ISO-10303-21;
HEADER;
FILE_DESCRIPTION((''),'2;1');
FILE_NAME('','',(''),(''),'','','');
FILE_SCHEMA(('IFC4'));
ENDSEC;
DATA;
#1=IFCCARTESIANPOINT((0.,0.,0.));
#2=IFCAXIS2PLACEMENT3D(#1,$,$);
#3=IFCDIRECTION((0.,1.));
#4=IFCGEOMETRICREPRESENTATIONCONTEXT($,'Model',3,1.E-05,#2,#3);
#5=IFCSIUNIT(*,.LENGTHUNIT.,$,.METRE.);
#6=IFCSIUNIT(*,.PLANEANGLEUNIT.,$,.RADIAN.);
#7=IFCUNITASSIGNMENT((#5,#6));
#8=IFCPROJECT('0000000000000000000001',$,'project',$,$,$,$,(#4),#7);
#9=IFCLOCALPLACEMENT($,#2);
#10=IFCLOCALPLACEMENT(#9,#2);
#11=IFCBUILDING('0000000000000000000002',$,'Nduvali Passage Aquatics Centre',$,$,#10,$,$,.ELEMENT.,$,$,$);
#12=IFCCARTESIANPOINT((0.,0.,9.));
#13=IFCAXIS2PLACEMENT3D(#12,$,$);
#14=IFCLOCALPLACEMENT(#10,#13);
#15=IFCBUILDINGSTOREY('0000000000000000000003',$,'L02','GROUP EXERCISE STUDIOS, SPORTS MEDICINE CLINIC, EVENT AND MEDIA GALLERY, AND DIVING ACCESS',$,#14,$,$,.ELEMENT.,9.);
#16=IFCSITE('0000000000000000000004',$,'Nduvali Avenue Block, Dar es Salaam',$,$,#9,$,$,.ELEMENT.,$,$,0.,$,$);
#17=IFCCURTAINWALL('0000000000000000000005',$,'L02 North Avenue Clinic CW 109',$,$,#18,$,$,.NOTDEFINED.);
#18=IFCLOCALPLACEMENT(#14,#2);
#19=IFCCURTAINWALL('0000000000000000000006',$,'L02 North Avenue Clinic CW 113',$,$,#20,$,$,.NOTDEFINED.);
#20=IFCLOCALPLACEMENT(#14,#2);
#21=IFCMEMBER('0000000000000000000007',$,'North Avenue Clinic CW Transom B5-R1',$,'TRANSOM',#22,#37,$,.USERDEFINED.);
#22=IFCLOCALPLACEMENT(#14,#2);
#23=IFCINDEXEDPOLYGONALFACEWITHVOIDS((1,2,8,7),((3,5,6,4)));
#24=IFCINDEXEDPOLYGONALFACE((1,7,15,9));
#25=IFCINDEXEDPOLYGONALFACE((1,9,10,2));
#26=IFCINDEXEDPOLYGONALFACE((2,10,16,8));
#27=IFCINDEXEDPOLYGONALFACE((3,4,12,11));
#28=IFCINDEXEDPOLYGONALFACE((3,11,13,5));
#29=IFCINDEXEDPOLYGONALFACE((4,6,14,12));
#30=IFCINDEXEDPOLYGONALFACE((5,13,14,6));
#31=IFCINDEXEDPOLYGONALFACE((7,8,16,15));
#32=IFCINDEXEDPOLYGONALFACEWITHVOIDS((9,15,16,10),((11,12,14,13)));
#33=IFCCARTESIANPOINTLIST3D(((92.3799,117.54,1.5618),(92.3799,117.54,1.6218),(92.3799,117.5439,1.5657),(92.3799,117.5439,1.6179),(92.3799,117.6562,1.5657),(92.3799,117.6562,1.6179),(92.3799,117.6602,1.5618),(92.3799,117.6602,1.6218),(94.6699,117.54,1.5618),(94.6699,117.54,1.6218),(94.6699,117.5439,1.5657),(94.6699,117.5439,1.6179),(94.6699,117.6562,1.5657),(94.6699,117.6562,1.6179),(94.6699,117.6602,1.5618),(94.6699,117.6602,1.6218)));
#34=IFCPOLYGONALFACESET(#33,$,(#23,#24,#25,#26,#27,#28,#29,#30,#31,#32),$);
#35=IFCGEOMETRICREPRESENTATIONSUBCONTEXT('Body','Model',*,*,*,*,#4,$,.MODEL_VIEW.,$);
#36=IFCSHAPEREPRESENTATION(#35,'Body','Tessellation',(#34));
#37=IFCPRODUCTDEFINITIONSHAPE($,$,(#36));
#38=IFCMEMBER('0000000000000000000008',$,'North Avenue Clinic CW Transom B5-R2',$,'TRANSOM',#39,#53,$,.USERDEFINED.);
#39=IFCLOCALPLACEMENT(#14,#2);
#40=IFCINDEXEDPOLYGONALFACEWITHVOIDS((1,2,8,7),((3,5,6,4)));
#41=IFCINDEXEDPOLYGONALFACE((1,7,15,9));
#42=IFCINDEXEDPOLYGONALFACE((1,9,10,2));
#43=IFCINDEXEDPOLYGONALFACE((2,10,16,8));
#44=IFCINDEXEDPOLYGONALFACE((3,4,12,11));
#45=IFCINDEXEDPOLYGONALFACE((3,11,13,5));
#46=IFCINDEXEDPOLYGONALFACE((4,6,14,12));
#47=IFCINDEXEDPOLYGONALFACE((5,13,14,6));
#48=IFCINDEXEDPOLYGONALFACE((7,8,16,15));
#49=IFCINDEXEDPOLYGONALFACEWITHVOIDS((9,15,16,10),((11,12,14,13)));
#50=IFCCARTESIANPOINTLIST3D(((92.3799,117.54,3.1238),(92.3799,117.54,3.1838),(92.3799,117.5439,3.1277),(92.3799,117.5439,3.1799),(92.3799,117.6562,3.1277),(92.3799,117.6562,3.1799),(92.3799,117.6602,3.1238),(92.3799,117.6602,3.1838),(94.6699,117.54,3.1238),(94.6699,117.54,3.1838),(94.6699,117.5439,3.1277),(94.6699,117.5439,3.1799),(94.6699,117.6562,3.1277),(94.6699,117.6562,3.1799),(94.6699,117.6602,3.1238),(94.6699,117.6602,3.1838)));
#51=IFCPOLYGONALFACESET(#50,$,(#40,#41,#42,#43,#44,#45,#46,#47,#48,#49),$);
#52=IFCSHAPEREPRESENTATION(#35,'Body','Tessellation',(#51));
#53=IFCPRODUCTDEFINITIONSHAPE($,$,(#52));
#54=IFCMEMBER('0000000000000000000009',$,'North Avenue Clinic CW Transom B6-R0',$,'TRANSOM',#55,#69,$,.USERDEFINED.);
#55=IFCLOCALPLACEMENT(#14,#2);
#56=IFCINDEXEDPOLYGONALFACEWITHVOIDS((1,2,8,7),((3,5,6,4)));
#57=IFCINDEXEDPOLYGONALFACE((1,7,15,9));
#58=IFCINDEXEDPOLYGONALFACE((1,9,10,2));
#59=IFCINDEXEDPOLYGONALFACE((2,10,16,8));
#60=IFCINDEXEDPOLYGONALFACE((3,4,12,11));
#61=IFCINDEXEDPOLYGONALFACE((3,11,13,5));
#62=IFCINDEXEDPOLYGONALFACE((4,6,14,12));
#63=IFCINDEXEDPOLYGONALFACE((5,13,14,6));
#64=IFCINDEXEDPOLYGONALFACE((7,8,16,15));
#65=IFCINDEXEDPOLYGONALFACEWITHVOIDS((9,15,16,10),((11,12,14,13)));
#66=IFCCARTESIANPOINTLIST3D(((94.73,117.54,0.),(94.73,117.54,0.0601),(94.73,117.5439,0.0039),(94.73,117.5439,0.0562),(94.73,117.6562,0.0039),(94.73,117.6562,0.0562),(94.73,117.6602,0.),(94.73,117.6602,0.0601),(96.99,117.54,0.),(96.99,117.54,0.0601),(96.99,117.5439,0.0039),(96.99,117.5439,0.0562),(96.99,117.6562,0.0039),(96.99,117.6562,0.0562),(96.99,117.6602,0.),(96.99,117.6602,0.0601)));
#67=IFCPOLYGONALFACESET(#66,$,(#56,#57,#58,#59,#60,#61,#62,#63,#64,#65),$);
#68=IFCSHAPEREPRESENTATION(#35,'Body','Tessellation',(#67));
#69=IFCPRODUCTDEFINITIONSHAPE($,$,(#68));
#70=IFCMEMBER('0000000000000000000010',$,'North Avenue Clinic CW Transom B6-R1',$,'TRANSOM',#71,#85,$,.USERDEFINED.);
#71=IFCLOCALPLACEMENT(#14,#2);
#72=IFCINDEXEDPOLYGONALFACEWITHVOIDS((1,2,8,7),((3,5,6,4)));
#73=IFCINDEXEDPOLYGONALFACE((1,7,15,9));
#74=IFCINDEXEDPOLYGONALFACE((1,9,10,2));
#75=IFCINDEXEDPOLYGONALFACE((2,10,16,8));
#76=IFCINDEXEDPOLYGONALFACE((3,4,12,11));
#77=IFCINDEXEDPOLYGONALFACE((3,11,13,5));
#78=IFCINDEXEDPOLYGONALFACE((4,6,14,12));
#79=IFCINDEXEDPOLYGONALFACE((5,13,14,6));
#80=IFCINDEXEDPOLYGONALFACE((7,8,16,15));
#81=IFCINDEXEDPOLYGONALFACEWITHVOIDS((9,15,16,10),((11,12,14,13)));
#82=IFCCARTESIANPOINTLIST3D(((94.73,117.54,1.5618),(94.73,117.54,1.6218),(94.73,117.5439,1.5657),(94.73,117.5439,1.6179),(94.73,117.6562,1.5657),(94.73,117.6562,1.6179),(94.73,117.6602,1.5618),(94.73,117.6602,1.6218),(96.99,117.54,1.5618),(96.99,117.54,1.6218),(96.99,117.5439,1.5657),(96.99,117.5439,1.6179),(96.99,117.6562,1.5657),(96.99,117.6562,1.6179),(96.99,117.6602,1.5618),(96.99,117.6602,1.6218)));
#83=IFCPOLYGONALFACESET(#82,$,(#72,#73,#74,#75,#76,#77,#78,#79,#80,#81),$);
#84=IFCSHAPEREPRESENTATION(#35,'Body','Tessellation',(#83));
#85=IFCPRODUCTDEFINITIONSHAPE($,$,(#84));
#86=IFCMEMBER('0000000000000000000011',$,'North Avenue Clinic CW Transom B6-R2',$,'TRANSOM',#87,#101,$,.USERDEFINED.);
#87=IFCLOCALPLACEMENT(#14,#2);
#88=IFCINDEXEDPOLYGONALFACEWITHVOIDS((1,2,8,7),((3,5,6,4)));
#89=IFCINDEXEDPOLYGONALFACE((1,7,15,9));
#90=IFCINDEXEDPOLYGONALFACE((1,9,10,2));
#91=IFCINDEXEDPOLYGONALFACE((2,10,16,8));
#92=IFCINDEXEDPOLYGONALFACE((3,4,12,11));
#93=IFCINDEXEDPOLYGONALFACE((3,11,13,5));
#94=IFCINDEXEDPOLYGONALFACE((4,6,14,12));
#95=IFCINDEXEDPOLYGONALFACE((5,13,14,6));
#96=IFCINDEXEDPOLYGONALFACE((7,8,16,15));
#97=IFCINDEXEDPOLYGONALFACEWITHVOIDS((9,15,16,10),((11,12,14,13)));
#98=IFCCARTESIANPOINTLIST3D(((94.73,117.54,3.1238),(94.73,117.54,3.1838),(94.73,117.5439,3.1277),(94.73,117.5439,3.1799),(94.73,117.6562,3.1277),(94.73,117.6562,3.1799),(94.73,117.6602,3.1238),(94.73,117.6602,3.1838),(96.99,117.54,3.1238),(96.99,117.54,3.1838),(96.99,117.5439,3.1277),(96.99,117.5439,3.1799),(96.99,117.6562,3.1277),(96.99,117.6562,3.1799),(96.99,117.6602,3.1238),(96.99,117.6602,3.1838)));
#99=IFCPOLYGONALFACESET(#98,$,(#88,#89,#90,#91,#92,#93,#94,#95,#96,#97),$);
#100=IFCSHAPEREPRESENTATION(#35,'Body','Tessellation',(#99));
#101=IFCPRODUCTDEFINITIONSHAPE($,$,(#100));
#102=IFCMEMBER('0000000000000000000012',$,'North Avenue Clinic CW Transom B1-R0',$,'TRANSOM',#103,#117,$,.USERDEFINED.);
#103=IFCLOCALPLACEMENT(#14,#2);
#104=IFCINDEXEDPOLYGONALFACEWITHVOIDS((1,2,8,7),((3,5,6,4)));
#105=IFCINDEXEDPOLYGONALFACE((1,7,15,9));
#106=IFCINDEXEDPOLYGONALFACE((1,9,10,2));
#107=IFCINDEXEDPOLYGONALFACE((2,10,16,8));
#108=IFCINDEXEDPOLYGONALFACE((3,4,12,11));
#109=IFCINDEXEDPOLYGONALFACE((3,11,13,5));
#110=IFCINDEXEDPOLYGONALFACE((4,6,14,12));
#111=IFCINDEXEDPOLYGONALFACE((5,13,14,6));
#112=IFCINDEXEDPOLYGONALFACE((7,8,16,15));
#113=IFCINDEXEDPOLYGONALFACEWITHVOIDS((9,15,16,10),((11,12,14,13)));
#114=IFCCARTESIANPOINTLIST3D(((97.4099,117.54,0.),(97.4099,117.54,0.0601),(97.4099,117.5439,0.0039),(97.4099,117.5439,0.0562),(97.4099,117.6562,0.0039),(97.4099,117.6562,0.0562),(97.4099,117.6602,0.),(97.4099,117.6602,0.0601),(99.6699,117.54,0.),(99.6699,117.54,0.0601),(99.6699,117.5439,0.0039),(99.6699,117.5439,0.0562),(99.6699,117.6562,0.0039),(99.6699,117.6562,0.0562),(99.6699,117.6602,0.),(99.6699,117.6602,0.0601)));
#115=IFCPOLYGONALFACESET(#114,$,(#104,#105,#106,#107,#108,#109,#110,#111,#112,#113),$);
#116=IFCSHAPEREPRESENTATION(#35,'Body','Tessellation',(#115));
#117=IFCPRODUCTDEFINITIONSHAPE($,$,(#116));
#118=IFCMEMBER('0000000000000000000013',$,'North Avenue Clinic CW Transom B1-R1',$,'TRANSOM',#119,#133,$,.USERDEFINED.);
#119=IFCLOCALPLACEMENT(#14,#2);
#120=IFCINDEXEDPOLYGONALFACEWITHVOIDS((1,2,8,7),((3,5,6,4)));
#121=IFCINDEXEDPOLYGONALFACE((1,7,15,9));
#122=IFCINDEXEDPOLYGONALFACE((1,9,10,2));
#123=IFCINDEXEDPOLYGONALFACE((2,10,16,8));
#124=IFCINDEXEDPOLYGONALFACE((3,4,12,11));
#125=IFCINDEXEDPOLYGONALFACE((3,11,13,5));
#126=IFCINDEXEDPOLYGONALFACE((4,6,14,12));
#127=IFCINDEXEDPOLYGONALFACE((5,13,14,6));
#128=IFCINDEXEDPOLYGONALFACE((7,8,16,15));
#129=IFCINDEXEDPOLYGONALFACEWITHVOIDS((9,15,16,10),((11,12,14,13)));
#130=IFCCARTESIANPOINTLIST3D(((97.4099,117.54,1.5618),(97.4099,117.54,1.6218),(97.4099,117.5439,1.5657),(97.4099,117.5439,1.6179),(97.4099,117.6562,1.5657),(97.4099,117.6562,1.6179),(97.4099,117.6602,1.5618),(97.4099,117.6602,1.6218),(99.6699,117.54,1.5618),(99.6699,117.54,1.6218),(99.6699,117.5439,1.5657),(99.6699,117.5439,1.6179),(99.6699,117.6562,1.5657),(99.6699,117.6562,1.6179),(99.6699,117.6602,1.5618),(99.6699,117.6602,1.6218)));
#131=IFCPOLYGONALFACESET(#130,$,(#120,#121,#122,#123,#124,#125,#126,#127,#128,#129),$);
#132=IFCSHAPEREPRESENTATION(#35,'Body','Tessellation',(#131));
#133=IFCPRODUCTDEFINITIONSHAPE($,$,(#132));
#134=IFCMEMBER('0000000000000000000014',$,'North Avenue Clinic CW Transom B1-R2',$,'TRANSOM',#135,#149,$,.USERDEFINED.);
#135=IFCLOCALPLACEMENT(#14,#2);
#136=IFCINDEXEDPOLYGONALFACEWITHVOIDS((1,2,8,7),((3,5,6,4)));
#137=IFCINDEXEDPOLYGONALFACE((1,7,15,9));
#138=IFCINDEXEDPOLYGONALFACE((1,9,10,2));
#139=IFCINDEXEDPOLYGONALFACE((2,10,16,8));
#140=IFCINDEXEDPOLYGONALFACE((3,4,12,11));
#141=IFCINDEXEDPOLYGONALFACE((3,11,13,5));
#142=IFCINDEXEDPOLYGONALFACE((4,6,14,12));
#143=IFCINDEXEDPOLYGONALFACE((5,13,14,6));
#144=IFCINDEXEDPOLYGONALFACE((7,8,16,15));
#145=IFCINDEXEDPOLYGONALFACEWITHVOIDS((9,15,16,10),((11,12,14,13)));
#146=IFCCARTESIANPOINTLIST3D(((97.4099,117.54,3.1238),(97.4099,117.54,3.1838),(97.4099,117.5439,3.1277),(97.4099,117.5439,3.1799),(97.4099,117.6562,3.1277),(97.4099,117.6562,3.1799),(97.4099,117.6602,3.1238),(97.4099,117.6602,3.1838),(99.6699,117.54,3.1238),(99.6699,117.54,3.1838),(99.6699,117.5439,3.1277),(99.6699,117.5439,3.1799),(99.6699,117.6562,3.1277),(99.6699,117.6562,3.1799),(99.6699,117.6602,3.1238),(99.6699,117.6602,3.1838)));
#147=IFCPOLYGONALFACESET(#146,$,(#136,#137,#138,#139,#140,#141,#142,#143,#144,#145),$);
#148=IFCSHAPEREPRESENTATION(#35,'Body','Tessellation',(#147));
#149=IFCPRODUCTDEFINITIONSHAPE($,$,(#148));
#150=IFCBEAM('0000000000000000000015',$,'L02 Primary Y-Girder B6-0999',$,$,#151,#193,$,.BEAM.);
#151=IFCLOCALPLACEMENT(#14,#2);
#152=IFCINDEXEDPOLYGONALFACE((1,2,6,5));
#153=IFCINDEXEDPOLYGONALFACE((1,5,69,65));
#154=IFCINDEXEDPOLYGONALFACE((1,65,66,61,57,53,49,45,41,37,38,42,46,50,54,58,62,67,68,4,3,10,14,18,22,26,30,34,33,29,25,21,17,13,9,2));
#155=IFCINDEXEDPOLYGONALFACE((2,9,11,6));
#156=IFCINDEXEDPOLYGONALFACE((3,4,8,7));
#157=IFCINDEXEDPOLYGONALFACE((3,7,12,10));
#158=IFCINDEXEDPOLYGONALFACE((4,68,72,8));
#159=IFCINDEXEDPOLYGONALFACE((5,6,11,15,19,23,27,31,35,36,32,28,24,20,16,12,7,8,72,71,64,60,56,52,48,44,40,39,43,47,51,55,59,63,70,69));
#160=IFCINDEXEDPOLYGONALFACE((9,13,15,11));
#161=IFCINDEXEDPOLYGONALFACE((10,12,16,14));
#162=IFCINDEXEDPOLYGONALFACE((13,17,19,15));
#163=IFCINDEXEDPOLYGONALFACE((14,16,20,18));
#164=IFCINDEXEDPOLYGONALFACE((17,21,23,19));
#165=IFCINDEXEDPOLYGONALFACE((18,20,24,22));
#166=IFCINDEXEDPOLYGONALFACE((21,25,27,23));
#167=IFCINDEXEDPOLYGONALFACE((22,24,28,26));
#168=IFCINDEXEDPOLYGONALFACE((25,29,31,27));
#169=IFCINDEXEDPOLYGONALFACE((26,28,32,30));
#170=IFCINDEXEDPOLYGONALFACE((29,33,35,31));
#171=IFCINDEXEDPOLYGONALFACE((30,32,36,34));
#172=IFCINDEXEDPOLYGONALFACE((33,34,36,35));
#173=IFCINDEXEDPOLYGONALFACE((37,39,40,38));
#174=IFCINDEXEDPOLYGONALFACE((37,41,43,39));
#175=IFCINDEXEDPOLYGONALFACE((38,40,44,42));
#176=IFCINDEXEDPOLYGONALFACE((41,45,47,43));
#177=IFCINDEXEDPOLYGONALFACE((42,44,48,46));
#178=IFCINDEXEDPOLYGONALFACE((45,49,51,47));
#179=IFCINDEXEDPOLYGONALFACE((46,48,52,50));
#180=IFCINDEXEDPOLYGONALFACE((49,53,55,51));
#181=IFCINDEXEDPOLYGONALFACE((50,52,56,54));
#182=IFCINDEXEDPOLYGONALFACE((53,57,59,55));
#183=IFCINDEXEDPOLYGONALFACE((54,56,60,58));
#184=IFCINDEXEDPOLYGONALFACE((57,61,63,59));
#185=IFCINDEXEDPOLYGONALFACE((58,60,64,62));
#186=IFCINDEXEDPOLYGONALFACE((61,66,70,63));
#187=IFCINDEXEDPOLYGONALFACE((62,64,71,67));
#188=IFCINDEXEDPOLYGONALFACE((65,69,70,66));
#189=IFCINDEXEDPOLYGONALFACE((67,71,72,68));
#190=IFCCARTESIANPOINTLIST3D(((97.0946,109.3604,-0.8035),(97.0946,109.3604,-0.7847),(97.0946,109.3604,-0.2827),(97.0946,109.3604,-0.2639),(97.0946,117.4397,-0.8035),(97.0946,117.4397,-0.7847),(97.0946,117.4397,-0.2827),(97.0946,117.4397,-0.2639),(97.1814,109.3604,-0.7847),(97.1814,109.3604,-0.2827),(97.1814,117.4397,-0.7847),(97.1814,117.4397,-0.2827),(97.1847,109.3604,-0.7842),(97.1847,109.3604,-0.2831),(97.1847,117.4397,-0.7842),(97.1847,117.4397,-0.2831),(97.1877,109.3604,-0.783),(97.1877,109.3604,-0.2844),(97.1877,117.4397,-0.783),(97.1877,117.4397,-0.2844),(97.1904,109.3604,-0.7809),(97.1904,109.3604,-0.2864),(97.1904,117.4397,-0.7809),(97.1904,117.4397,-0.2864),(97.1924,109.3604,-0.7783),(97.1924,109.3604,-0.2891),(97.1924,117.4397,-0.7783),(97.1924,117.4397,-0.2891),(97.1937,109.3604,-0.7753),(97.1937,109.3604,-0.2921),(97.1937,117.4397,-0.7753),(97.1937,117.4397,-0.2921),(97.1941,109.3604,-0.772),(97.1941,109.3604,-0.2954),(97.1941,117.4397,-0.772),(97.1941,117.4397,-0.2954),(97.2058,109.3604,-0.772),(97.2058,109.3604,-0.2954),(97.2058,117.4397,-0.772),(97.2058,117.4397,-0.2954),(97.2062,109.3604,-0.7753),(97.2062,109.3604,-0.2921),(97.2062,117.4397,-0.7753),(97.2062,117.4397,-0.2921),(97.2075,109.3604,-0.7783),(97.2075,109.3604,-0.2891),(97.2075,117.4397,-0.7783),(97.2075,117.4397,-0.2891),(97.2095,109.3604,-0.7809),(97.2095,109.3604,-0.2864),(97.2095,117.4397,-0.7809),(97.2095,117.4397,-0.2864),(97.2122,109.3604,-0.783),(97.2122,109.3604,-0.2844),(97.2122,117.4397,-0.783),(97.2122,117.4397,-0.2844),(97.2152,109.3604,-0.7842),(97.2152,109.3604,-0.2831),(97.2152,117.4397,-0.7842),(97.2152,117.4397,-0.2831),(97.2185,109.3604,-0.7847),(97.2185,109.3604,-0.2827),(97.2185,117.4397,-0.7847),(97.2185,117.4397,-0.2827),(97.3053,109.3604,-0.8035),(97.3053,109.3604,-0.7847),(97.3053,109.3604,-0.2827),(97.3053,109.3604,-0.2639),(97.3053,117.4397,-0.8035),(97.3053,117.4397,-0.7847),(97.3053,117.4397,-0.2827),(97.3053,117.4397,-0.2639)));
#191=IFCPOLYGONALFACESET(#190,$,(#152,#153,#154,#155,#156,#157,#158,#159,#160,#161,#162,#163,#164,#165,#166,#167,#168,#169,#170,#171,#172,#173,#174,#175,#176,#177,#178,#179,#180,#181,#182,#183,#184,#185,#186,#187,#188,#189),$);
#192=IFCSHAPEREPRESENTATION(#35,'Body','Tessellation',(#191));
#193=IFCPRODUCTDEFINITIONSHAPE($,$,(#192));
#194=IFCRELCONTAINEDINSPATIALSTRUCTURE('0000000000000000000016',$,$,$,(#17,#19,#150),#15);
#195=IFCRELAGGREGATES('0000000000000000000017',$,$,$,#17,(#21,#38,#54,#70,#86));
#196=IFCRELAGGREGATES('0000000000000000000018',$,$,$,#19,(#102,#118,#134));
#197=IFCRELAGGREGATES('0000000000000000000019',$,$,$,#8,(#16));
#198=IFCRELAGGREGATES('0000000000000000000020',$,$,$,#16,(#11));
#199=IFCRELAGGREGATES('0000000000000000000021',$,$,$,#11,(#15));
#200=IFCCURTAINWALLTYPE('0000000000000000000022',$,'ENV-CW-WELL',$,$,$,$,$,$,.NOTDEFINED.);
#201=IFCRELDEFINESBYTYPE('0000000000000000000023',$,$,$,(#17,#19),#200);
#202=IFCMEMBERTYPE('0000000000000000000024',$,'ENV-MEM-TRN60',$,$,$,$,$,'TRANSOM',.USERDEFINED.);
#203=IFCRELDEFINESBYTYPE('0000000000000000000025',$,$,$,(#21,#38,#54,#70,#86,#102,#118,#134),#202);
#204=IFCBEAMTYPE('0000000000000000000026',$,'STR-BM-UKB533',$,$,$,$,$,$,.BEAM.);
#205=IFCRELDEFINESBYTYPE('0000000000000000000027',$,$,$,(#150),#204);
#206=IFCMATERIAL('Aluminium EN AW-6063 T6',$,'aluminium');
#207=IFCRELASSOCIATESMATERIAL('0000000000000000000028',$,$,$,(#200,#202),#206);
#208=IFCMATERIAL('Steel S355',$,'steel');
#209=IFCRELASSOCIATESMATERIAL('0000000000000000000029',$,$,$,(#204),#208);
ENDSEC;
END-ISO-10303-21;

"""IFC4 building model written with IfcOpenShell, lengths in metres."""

from ifc_helpers import new_model, si_unit, direction, frame, origin, origin_2d, place, context, subcontext, project, spatial, hollow_rectangle, i_section, extrude, material, material_profile, profile_set, type_object, element, aggregate, save


model = new_model("IFC4")

# Units and contexts
model_context = context("Model", 3, precision=1e-05, world=origin(), true_north=direction((0.0, 1.0)))
body_context = subcontext(model_context, "Body", "Model", "MODEL_VIEW")
ifc_project = project(units=[si_unit("LENGTHUNIT", "METRE"), si_unit("PLANEANGLEUNIT", "RADIAN")], contexts=[model_context])

# Site, building, storey
site_placement = place(None, origin())
site = spatial("IfcSite", under=ifc_project, at=site_placement, Name="Nduvali Avenue Block, Dar es Salaam", CompositionType="ELEMENT", RefElevation=0.0)
building_placement = place(site_placement, origin())
building = spatial("IfcBuilding", under=site, at=building_placement, Name="Nduvali Passage Aquatics Centre", CompositionType="ELEMENT")
storey_placement = place(building_placement, frame((0.0, 0.0, 9.0)))
storey = spatial("IfcBuildingStorey", under=building, at=storey_placement, Name="L02", Description="GROUP EXERCISE STUDIOS, SPORTS MEDICINE CLINIC, EVENT AND MEDIA GALLERY, AND DIVING ACCESS", CompositionType="ELEMENT", Elevation=9.0)

# Shared definitions
ifc_material_1 = material(Name="Steel S355", Category="steel")

# Curtain wall
ifc_material_2 = material(Name="Aluminium EN AW-6063 T6", Category="aluminium")
curtain_wall_type = type_object("IfcCurtainWallType", Name="ENV-CW-WELL", PredefinedType="NOTDEFINED", material=ifc_material_2)
curtain_wall_1_placement = place(storey_placement, origin())
curtain_wall_1 = element("IfcCurtainWall", 1, at=curtain_wall_1_placement, inside=storey, type_object=curtain_wall_type, Name="L02 North Avenue Clinic CW 109", PredefinedType="NOTDEFINED")

# Curtain wall
curtain_wall_2_placement = place(storey_placement, origin())
curtain_wall_2 = element("IfcCurtainWall", 2, at=curtain_wall_2_placement, inside=storey, type_object=curtain_wall_type, Name="L02 North Avenue Clinic CW 113", PredefinedType="NOTDEFINED")

# Members
ifc_material_profile_1 = material_profile(ifc_material_2, hollow_rectangle(XDim=0.1201, YDim=0.0601, WallThickness=0.0039, at=origin_2d()), Name="ALU TRANSOM 120x60x4")
ifc_profile_set_1 = profile_set([ifc_material_profile_1], Name="Aluminium EN AW-6063 T6")
member_type_1 = type_object("IfcMemberType", Name="ENV-MEM-TRN60", ElementType="TRANSOM", PredefinedType="USERDEFINED", material=ifc_profile_set_1)
member_1_placement = place(storey_placement, frame((92.3799, 117.6001, 1.5918), z_axis=(1.0, 0.0, 0.0), x_axis=(0.0, 1.0, 0.0)))
member_1 = element("IfcMember", 3, at=member_1_placement, type_object=member_type_1, Name="North Avenue Clinic CW Transom B5-R1", ObjectType="TRANSOM", PredefinedType="USERDEFINED", context=body_context, shape_type="SweptSolid", body=[
    extrude(hollow_rectangle(XDim=0.1201, YDim=0.0601, WallThickness=0.0039, at=origin_2d()), origin(), (0.0, 0.0, 1.0), 2.29),
])
member_2_placement = place(storey_placement, frame((92.3799, 117.6001, 3.1538), z_axis=(1.0, 0.0, 0.0), x_axis=(0.0, 1.0, 0.0)))
member_2 = element("IfcMember", 4, at=member_2_placement, type_object=member_type_1, Name="North Avenue Clinic CW Transom B5-R2", ObjectType="TRANSOM", PredefinedType="USERDEFINED", context=body_context, shape_type="SweptSolid", body=[
    extrude(hollow_rectangle(XDim=0.1201, YDim=0.0601, WallThickness=0.0039, at=origin_2d()), origin(), (0.0, 0.0, 1.0), 2.29),
])
member_3_placement = place(storey_placement, frame((94.73, 117.6001, 0.03), z_axis=(1.0, 0.0, 0.0), x_axis=(0.0, 1.0, 0.0)))
member_3 = element("IfcMember", 5, at=member_3_placement, type_object=member_type_1, Name="North Avenue Clinic CW Transom B6-R0", ObjectType="TRANSOM", PredefinedType="USERDEFINED", context=body_context, shape_type="SweptSolid", body=[
    extrude(hollow_rectangle(XDim=0.1201, YDim=0.0601, WallThickness=0.0039, at=origin_2d()), origin(), (0.0, 0.0, 1.0), 2.26),
])
member_4_placement = place(storey_placement, frame((94.73, 117.6001, 1.5918), z_axis=(1.0, 0.0, 0.0), x_axis=(0.0, 1.0, 0.0)))
member_4 = element("IfcMember", 6, at=member_4_placement, type_object=member_type_1, Name="North Avenue Clinic CW Transom B6-R1", ObjectType="TRANSOM", PredefinedType="USERDEFINED", context=body_context, shape_type="SweptSolid", body=[
    extrude(hollow_rectangle(XDim=0.1201, YDim=0.0601, WallThickness=0.0039, at=origin_2d()), origin(), (0.0, 0.0, 1.0), 2.26),
])
member_5_placement = place(storey_placement, frame((94.73, 117.6001, 3.1538), z_axis=(1.0, 0.0, 0.0), x_axis=(0.0, 1.0, 0.0)))
member_5 = element("IfcMember", 7, at=member_5_placement, type_object=member_type_1, Name="North Avenue Clinic CW Transom B6-R2", ObjectType="TRANSOM", PredefinedType="USERDEFINED", context=body_context, shape_type="SweptSolid", body=[
    extrude(hollow_rectangle(XDim=0.1201, YDim=0.0601, WallThickness=0.0039, at=origin_2d()), origin(), (0.0, 0.0, 1.0), 2.26),
])
member_6_placement = place(storey_placement, frame((97.4099, 117.6001, 0.03), z_axis=(1.0, 0.0, 0.0), x_axis=(0.0, 1.0, 0.0)))
member_6 = element("IfcMember", 8, at=member_6_placement, type_object=member_type_1, Name="North Avenue Clinic CW Transom B1-R0", ObjectType="TRANSOM", PredefinedType="USERDEFINED", context=body_context, shape_type="SweptSolid", body=[
    extrude(hollow_rectangle(XDim=0.1201, YDim=0.0601, WallThickness=0.0039, at=origin_2d()), origin(), (0.0, 0.0, 1.0), 2.26),
])
member_7_placement = place(storey_placement, frame((97.4099, 117.6001, 1.5918), z_axis=(1.0, 0.0, 0.0), x_axis=(0.0, 1.0, 0.0)))
member_7 = element("IfcMember", 9, at=member_7_placement, type_object=member_type_1, Name="North Avenue Clinic CW Transom B1-R1", ObjectType="TRANSOM", PredefinedType="USERDEFINED", context=body_context, shape_type="SweptSolid", body=[
    extrude(hollow_rectangle(XDim=0.1201, YDim=0.0601, WallThickness=0.0039, at=origin_2d()), origin(), (0.0, 0.0, 1.0), 2.26),
])
member_8_placement = place(storey_placement, frame((97.4099, 117.6001, 3.1538), z_axis=(1.0, 0.0, 0.0), x_axis=(0.0, 1.0, 0.0)))
member_8 = element("IfcMember", 10, at=member_8_placement, type_object=member_type_1, Name="North Avenue Clinic CW Transom B1-R2", ObjectType="TRANSOM", PredefinedType="USERDEFINED", context=body_context, shape_type="SweptSolid", body=[
    extrude(hollow_rectangle(XDim=0.1201, YDim=0.0601, WallThickness=0.0039, at=origin_2d()), origin(), (0.0, 0.0, 1.0), 2.26),
])

# Beam
ifc_material_profile_2 = material_profile(ifc_material_1, i_section(OverallWidth=0.2107, OverallDepth=0.5396, WebThickness=0.0117, FlangeThickness=0.0188, FilletRadius=0.0127, at=origin_2d()), Name="UKB 533x210x109")
ifc_profile_set_2 = profile_set([ifc_material_profile_2], Name="Steel S355")
beam_type_1 = type_object("IfcBeamType", Name="STR-BM-UKB533", PredefinedType="BEAM", material=ifc_profile_set_2)
beam_1_placement = place(storey_placement, frame((97.2, 109.3604, -0.5337), z_axis=(0.0, 1.0, 0.0), x_axis=(-1.0, 0.0, 0.0)))
element("IfcBeam", 11, at=beam_1_placement, inside=storey, type_object=beam_type_1, Name="L02 Primary Y-Girder B6-0999", PredefinedType="BEAM", context=body_context, shape_type="SweptSolid", body=[
    extrude(i_section(OverallWidth=0.2107, OverallDepth=0.5396, WebThickness=0.0117, FlangeThickness=0.0188, FilletRadius=0.0127, at=origin_2d()), origin(), (0.0, 0.0, 1.0), 8.0793),
])

aggregate(curtain_wall_1, [member_1, member_2, member_3, member_4, member_5])
aggregate(curtain_wall_2, [member_6, member_7, member_8])

save(model, "model.ifc")
